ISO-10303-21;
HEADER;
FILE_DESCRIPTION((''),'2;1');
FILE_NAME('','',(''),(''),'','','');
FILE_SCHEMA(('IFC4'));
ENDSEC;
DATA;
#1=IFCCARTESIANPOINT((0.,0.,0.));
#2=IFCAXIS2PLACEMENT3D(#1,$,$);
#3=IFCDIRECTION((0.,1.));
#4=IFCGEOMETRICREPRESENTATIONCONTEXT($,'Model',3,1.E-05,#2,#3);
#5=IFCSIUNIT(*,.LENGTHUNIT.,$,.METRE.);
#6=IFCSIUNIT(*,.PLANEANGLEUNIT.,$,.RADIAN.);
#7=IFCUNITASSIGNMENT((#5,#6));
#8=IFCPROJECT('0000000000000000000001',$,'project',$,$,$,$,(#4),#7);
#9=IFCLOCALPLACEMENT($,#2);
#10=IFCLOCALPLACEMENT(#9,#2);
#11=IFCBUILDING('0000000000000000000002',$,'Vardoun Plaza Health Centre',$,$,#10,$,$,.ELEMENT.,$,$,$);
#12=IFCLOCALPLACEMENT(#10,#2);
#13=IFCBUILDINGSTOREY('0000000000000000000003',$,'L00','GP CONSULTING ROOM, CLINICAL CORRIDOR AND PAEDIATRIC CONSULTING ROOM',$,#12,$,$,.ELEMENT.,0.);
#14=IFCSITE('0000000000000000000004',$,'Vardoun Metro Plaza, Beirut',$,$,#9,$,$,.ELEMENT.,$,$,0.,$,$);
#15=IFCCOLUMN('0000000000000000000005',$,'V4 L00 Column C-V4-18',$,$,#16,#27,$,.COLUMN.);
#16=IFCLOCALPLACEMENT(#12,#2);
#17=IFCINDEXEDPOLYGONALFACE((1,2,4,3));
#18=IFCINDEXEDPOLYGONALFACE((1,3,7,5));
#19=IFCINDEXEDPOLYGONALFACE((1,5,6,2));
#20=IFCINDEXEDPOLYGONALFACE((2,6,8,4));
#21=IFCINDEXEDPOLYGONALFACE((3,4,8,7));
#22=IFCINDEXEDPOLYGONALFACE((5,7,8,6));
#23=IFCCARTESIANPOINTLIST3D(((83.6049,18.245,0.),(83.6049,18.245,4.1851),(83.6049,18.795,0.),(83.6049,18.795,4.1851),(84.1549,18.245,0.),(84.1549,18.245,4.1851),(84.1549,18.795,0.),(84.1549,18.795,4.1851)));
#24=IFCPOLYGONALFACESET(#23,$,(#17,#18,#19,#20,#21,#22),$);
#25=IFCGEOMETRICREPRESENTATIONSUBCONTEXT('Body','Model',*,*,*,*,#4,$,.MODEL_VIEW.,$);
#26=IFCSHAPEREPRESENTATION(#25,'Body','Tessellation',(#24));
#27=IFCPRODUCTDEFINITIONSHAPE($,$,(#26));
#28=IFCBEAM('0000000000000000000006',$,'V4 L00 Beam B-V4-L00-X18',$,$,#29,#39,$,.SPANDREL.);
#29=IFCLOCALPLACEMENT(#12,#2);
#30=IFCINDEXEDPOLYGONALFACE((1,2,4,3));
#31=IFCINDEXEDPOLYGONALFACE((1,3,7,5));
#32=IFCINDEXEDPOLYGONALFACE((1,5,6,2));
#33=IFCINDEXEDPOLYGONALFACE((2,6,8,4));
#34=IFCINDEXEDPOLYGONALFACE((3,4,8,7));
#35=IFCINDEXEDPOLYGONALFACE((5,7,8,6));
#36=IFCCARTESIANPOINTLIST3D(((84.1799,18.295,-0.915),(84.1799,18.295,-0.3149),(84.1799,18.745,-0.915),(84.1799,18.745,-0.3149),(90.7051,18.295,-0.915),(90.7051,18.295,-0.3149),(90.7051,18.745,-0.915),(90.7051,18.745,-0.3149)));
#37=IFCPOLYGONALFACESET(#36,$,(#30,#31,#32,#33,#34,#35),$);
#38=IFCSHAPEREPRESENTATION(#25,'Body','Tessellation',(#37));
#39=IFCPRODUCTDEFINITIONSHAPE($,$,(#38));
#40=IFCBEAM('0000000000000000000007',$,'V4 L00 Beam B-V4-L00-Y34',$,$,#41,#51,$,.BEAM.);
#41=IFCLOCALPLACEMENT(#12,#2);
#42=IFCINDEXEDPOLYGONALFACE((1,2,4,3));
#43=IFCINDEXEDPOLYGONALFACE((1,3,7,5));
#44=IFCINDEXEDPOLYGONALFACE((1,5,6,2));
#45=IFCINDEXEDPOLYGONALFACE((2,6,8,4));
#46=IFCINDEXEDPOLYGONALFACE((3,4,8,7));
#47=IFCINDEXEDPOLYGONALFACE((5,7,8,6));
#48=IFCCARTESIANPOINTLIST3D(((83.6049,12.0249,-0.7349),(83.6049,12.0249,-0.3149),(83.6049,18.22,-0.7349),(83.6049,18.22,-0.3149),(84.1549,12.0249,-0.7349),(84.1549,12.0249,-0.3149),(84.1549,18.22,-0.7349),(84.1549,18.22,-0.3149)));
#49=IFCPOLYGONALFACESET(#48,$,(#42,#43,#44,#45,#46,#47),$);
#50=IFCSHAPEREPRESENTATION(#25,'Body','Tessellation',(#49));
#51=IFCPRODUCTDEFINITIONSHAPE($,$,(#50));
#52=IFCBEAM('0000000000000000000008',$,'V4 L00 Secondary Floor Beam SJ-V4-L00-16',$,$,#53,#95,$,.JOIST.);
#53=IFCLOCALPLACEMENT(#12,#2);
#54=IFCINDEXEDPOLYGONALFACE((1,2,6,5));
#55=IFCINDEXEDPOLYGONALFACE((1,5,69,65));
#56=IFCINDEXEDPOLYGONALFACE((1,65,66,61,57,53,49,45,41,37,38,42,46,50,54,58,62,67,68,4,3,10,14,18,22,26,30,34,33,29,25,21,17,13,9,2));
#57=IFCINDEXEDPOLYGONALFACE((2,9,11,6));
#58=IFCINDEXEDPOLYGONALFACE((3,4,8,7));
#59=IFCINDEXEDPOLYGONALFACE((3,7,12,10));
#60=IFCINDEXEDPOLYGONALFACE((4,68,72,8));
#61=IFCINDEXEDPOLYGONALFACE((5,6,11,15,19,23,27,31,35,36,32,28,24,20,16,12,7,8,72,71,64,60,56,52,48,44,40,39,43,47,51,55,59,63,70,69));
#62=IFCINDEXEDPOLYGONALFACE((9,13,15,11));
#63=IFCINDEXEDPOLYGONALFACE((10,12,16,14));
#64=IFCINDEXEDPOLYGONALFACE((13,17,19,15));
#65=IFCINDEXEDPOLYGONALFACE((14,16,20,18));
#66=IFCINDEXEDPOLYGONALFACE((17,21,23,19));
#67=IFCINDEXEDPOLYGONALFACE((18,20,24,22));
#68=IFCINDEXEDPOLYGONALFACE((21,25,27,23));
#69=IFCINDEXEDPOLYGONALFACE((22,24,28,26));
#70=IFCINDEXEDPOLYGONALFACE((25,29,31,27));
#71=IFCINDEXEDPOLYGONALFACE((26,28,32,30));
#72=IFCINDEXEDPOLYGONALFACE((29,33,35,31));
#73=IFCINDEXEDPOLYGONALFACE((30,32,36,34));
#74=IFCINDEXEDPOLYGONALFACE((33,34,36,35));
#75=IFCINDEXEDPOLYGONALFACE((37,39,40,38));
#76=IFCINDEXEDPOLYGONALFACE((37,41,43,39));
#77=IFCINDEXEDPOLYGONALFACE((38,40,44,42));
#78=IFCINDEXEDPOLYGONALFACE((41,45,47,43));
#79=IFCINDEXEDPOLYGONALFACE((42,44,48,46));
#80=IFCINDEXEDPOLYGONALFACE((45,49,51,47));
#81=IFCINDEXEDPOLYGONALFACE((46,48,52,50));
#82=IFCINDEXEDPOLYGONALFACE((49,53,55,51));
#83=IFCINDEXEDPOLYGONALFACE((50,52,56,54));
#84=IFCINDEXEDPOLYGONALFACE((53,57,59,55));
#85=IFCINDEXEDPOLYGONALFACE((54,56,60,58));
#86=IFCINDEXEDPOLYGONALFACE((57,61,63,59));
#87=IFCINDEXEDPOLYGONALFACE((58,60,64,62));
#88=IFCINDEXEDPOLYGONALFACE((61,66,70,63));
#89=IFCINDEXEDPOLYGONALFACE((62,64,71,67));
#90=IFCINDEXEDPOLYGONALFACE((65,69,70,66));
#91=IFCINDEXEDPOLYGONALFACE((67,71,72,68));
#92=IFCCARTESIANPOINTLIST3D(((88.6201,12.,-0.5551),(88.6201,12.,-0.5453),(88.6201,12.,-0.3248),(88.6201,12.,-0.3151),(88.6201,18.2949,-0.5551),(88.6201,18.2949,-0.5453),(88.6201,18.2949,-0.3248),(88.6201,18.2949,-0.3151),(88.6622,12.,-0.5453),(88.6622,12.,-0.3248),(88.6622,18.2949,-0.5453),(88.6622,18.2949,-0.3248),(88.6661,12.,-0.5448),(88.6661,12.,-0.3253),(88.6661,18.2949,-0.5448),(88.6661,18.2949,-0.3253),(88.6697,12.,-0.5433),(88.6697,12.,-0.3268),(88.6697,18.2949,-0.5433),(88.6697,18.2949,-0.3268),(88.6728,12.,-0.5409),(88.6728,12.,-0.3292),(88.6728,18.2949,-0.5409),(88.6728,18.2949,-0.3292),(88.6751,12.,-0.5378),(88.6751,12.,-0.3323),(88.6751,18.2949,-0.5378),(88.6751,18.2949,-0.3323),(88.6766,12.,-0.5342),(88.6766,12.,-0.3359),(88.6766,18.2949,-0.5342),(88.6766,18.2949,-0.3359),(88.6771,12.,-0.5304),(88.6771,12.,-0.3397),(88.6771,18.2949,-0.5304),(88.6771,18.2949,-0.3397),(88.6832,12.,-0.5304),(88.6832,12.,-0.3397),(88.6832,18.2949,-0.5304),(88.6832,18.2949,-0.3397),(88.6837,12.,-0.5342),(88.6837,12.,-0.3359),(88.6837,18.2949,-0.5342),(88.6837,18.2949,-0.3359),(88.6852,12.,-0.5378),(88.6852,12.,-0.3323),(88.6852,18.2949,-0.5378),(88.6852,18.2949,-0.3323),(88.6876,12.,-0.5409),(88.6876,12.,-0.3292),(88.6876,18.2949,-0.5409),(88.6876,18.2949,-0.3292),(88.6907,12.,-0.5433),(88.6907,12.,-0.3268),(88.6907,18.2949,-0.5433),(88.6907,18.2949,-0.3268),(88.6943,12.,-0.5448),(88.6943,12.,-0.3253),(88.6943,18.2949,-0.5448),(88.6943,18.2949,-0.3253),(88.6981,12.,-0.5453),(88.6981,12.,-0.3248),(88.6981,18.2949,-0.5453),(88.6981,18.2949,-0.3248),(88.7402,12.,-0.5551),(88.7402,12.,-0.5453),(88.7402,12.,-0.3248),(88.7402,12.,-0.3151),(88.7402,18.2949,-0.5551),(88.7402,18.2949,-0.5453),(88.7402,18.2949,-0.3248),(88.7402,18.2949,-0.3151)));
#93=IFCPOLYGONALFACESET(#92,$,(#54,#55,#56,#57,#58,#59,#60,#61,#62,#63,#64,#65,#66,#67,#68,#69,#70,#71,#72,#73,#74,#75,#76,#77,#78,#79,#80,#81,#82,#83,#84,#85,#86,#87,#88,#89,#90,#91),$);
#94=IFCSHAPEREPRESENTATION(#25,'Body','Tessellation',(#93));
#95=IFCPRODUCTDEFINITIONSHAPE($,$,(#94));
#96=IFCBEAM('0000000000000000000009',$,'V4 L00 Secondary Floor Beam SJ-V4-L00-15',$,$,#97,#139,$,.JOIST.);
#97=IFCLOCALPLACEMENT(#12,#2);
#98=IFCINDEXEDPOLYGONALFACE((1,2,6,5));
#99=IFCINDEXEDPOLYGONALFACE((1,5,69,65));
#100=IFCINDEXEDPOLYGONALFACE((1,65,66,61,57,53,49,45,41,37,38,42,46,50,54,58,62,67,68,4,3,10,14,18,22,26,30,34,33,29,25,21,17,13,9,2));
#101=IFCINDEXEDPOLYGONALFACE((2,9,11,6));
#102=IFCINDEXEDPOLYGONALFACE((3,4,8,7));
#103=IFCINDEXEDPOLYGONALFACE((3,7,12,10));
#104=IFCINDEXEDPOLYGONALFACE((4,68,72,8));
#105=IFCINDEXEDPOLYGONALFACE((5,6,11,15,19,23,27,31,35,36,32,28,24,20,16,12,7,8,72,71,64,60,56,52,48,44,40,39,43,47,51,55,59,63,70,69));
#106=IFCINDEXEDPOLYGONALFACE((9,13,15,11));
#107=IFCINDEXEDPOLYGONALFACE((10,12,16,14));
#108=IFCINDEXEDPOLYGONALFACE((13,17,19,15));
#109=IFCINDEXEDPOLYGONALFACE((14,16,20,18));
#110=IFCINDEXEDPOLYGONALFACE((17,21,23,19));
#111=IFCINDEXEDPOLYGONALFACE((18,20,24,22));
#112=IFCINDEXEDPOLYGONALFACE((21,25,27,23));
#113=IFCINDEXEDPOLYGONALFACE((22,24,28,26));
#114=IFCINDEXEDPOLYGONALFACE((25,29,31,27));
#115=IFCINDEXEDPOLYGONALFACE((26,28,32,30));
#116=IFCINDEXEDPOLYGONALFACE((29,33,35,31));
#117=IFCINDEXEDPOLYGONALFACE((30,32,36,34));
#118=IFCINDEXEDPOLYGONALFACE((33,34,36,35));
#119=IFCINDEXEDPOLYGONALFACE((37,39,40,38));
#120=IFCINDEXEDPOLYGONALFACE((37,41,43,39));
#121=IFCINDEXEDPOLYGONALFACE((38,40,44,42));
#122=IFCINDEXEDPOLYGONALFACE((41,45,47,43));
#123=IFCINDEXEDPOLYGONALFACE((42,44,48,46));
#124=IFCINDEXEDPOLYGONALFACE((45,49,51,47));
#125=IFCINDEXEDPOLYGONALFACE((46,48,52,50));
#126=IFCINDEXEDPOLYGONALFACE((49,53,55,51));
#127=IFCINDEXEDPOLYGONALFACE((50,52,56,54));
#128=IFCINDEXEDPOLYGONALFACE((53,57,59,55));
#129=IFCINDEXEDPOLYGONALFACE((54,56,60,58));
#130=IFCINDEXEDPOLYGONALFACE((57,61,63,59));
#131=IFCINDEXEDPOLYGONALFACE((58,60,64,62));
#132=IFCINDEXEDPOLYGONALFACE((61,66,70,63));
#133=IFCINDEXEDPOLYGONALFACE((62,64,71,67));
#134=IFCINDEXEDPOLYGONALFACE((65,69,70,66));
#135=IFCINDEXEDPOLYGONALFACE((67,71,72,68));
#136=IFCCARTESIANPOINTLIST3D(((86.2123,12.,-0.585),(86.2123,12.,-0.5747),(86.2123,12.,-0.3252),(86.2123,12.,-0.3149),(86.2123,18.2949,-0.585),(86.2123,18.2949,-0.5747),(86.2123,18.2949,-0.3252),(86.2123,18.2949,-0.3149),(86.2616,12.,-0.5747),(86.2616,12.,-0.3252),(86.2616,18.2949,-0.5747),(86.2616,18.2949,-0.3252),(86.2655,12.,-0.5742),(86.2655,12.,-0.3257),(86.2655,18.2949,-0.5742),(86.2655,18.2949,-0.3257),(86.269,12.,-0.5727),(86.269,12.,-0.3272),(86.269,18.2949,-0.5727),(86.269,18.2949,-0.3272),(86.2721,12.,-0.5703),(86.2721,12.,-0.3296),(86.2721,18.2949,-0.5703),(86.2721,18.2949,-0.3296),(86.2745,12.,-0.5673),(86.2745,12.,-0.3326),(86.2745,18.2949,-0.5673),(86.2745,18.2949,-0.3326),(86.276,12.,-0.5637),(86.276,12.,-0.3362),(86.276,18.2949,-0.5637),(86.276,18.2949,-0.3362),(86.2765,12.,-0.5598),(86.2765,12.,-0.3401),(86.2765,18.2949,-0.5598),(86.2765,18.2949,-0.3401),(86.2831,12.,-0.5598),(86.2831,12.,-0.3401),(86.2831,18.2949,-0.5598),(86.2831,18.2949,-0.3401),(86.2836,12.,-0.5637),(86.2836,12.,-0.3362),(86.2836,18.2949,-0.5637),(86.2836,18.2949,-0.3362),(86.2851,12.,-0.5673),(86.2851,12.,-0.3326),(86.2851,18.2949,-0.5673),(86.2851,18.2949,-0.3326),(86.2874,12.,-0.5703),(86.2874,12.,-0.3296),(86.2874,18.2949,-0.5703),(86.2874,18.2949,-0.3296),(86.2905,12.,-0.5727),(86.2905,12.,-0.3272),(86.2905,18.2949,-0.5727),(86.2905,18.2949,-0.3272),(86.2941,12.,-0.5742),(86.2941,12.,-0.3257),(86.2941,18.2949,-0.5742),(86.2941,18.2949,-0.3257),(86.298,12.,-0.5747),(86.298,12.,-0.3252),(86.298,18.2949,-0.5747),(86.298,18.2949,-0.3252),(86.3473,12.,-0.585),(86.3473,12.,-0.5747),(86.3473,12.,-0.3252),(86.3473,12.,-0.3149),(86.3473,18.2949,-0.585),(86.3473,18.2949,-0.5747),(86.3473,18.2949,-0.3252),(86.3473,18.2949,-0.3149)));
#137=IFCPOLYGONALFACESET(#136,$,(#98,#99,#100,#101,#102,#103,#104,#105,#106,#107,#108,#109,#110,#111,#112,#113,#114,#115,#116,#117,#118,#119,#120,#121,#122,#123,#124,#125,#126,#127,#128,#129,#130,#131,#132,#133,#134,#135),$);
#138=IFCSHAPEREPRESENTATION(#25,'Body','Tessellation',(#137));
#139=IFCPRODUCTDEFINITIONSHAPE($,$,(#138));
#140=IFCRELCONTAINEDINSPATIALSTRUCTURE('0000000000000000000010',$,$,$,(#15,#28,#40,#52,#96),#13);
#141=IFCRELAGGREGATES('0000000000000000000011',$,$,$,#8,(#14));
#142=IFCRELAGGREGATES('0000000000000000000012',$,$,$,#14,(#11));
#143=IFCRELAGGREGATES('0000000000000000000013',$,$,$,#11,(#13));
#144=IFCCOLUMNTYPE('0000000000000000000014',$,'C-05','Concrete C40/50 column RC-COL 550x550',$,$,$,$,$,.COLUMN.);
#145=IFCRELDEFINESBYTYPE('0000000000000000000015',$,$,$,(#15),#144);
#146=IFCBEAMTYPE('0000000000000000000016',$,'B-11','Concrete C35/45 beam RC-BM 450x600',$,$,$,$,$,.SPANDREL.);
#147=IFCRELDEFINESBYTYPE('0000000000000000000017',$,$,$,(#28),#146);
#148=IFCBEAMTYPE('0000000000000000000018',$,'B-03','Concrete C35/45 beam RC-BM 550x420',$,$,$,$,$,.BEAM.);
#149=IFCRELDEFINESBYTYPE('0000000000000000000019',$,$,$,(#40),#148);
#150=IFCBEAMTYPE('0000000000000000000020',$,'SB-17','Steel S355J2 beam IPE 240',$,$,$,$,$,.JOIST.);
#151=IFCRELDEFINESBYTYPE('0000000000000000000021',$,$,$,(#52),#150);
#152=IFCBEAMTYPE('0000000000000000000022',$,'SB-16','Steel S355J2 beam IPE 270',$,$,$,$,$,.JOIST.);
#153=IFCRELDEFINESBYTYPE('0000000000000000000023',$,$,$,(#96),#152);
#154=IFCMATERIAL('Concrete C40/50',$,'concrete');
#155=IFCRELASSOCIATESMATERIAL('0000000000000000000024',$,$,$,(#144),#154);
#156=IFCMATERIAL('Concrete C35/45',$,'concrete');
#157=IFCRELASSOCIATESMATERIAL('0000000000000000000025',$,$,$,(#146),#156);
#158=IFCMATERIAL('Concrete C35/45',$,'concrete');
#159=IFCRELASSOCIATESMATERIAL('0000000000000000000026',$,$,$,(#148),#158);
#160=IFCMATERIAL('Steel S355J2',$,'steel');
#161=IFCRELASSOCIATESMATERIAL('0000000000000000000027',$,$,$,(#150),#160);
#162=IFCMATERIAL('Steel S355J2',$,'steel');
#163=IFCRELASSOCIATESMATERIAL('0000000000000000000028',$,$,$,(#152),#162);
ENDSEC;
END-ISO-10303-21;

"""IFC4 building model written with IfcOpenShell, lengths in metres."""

from ifc_helpers import new_model, si_unit, direction, frame, origin, origin_2d, place, context, subcontext, project, spatial, rectangle, i_section, extrude, material, material_profile, profile_set, type_object, element, save


model = new_model("IFC4")

# Units and contexts
model_context = context("Model", 3, precision=1e-05, world=origin(), true_north=direction((0.0, 1.0)))
body_context = subcontext(model_context, "Body", "Model", "MODEL_VIEW")
ifc_project = project(units=[si_unit("LENGTHUNIT", "METRE"), si_unit("PLANEANGLEUNIT", "RADIAN")], contexts=[model_context])

# Site, building, storey
site_placement = place(None, origin())
site = spatial("IfcSite", under=ifc_project, at=site_placement, Name="Vardoun Metro Plaza, Beirut", CompositionType="ELEMENT", RefElevation=0.0)
building_placement = place(site_placement, origin())
building = spatial("IfcBuilding", under=site, at=building_placement, Name="Vardoun Plaza Health Centre", CompositionType="ELEMENT")
storey_placement = place(building_placement, origin())
storey = spatial("IfcBuildingStorey", under=building, at=storey_placement, Name="L00", Description="GP CONSULTING ROOM, CLINICAL CORRIDOR AND PAEDIATRIC CONSULTING ROOM", CompositionType="ELEMENT", Elevation=0.0)

# Column
ifc_material_1 = material(Name="Concrete C40/50", Category="concrete")
ifc_material_profile_1 = material_profile(ifc_material_1, rectangle(XDim=0.55, YDim=0.55, at=origin_2d()), Name="RC-COL 550x550")
ifc_profile_set_1 = profile_set([ifc_material_profile_1], Name="Concrete C40/50")
column_type = type_object("IfcColumnType", Name="C-05", Description="Concrete C40/50 column RC-COL 550x550", PredefinedType="COLUMN", material=ifc_profile_set_1)
column_placement = place(storey_placement, frame((83.8799, 18.52, 0.0), z_axis=(0.0, 0.0, 1.0), x_axis=(1.0, 0.0, 0.0)))
element("IfcColumn", 1, at=column_placement, inside=storey, type_object=column_type, Name="V4 L00 Column C-V4-18", PredefinedType="COLUMN", context=body_context, shape_type="SweptSolid", body=[
    extrude(rectangle(XDim=0.55, YDim=0.55, at=origin_2d()), origin(), (0.0, 0.0, 1.0), 4.1851),
])

# Beams
ifc_material_2 = material(Name="Concrete C35/45", Category="concrete")
ifc_material_profile_2 = material_profile(ifc_material_2, rectangle(XDim=0.45, YDim=0.6001, at=origin_2d()), Name="RC-BM 450x600")
ifc_profile_set_2 = profile_set([ifc_material_profile_2], Name="Concrete C35/45")
beam_type_1 = type_object("IfcBeamType", Name="B-11", Description="Concrete C35/45 beam RC-BM 450x600", PredefinedType="SPANDREL", material=ifc_profile_set_2)
beam_1_placement = place(storey_placement, frame((84.1799, 18.52, -0.615), z_axis=(1.0, 0.0, 0.0), x_axis=(0.0, 1.0, 0.0)))
element("IfcBeam", 2, at=beam_1_placement, inside=storey, type_object=beam_type_1, Name="V4 L00 Beam B-V4-L00-X18", PredefinedType="SPANDREL", context=body_context, shape_type="SweptSolid", body=[
    extrude(rectangle(XDim=0.45, YDim=0.6001, at=origin_2d()), origin(), (0.0, 0.0, 1.0), 6.5251),
])
ifc_material_3 = material(Name="Concrete C35/45", Category="concrete")
ifc_material_profile_3 = material_profile(ifc_material_3, rectangle(XDim=0.55, YDim=0.4199, at=origin_2d()), Name="RC-BM 550x420")
ifc_profile_set_3 = profile_set([ifc_material_profile_3], Name="Concrete C35/45")
beam_type_2 = type_object("IfcBeamType", Name="B-03", Description="Concrete C35/45 beam RC-BM 550x420", PredefinedType="BEAM", material=ifc_profile_set_3)
beam_2_placement = place(storey_placement, frame((83.8799, 12.0249, -0.5249), z_axis=(0.0, 1.0, 0.0), x_axis=(-1.0, 0.0, 0.0)))
element("IfcBeam", 3, at=beam_2_placement, inside=storey, type_object=beam_type_2, Name="V4 L00 Beam B-V4-L00-Y34", PredefinedType="BEAM", context=body_context, shape_type="SweptSolid", body=[
    extrude(rectangle(XDim=0.55, YDim=0.4199, at=origin_2d()), origin(), (0.0, 0.0, 1.0), 6.1951),
])
ifc_material_4 = material(Name="Steel S355J2", Category="steel")
ifc_material_profile_4 = material_profile(ifc_material_4, i_section(OverallWidth=0.1201, OverallDepth=0.24, WebThickness=0.0061, FlangeThickness=0.0098, FilletRadius=0.0149, at=origin_2d()), Name="IPE 240")
ifc_profile_set_4 = profile_set([ifc_material_profile_4], Name="Steel S355J2")
beam_type_3 = type_object("IfcBeamType", Name="SB-17", Description="Steel S355J2 beam IPE 240", PredefinedType="JOIST", material=ifc_profile_set_4)
beam_3_placement = place(storey_placement, frame((88.6802, 12.0, -0.4351), z_axis=(0.0, 1.0, 0.0), x_axis=(-1.0, 0.0, 0.0)))
element("IfcBeam", 4, at=beam_3_placement, inside=storey, type_object=beam_type_3, Name="V4 L00 Secondary Floor Beam SJ-V4-L00-16", PredefinedType="JOIST", context=body_context, shape_type="SweptSolid", body=[
    extrude(i_section(OverallWidth=0.1201, OverallDepth=0.24, WebThickness=0.0061, FlangeThickness=0.0098, FilletRadius=0.0149, at=origin_2d()), origin(), (0.0, 0.0, 1.0), 6.2949),
])
ifc_material_5 = material(Name="Steel S355J2", Category="steel")
ifc_material_profile_5 = material_profile(ifc_material_5, i_section(OverallWidth=0.135, OverallDepth=0.27, WebThickness=0.0066, FlangeThickness=0.0103, FilletRadius=0.0149, at=origin_2d()), Name="IPE 270")
ifc_profile_set_5 = profile_set([ifc_material_profile_5], Name="Steel S355J2")
beam_type_4 = type_object("IfcBeamType", Name="SB-16", Description="Steel S355J2 beam IPE 270", PredefinedType="JOIST", material=ifc_profile_set_5)
beam_4_placement = place(storey_placement, frame((86.2798, 12.0, -0.45), z_axis=(0.0, 1.0, 0.0), x_axis=(-1.0, 0.0, 0.0)))
element("IfcBeam", 5, at=beam_4_placement, inside=storey, type_object=beam_type_4, Name="V4 L00 Secondary Floor Beam SJ-V4-L00-15", PredefinedType="JOIST", context=body_context, shape_type="SweptSolid", body=[
    extrude(i_section(OverallWidth=0.135, OverallDepth=0.27, WebThickness=0.0066, FlangeThickness=0.0103, FilletRadius=0.0149, at=origin_2d()), origin(), (0.0, 0.0, 1.0), 6.2949),
])

save(model, "model.ifc")
